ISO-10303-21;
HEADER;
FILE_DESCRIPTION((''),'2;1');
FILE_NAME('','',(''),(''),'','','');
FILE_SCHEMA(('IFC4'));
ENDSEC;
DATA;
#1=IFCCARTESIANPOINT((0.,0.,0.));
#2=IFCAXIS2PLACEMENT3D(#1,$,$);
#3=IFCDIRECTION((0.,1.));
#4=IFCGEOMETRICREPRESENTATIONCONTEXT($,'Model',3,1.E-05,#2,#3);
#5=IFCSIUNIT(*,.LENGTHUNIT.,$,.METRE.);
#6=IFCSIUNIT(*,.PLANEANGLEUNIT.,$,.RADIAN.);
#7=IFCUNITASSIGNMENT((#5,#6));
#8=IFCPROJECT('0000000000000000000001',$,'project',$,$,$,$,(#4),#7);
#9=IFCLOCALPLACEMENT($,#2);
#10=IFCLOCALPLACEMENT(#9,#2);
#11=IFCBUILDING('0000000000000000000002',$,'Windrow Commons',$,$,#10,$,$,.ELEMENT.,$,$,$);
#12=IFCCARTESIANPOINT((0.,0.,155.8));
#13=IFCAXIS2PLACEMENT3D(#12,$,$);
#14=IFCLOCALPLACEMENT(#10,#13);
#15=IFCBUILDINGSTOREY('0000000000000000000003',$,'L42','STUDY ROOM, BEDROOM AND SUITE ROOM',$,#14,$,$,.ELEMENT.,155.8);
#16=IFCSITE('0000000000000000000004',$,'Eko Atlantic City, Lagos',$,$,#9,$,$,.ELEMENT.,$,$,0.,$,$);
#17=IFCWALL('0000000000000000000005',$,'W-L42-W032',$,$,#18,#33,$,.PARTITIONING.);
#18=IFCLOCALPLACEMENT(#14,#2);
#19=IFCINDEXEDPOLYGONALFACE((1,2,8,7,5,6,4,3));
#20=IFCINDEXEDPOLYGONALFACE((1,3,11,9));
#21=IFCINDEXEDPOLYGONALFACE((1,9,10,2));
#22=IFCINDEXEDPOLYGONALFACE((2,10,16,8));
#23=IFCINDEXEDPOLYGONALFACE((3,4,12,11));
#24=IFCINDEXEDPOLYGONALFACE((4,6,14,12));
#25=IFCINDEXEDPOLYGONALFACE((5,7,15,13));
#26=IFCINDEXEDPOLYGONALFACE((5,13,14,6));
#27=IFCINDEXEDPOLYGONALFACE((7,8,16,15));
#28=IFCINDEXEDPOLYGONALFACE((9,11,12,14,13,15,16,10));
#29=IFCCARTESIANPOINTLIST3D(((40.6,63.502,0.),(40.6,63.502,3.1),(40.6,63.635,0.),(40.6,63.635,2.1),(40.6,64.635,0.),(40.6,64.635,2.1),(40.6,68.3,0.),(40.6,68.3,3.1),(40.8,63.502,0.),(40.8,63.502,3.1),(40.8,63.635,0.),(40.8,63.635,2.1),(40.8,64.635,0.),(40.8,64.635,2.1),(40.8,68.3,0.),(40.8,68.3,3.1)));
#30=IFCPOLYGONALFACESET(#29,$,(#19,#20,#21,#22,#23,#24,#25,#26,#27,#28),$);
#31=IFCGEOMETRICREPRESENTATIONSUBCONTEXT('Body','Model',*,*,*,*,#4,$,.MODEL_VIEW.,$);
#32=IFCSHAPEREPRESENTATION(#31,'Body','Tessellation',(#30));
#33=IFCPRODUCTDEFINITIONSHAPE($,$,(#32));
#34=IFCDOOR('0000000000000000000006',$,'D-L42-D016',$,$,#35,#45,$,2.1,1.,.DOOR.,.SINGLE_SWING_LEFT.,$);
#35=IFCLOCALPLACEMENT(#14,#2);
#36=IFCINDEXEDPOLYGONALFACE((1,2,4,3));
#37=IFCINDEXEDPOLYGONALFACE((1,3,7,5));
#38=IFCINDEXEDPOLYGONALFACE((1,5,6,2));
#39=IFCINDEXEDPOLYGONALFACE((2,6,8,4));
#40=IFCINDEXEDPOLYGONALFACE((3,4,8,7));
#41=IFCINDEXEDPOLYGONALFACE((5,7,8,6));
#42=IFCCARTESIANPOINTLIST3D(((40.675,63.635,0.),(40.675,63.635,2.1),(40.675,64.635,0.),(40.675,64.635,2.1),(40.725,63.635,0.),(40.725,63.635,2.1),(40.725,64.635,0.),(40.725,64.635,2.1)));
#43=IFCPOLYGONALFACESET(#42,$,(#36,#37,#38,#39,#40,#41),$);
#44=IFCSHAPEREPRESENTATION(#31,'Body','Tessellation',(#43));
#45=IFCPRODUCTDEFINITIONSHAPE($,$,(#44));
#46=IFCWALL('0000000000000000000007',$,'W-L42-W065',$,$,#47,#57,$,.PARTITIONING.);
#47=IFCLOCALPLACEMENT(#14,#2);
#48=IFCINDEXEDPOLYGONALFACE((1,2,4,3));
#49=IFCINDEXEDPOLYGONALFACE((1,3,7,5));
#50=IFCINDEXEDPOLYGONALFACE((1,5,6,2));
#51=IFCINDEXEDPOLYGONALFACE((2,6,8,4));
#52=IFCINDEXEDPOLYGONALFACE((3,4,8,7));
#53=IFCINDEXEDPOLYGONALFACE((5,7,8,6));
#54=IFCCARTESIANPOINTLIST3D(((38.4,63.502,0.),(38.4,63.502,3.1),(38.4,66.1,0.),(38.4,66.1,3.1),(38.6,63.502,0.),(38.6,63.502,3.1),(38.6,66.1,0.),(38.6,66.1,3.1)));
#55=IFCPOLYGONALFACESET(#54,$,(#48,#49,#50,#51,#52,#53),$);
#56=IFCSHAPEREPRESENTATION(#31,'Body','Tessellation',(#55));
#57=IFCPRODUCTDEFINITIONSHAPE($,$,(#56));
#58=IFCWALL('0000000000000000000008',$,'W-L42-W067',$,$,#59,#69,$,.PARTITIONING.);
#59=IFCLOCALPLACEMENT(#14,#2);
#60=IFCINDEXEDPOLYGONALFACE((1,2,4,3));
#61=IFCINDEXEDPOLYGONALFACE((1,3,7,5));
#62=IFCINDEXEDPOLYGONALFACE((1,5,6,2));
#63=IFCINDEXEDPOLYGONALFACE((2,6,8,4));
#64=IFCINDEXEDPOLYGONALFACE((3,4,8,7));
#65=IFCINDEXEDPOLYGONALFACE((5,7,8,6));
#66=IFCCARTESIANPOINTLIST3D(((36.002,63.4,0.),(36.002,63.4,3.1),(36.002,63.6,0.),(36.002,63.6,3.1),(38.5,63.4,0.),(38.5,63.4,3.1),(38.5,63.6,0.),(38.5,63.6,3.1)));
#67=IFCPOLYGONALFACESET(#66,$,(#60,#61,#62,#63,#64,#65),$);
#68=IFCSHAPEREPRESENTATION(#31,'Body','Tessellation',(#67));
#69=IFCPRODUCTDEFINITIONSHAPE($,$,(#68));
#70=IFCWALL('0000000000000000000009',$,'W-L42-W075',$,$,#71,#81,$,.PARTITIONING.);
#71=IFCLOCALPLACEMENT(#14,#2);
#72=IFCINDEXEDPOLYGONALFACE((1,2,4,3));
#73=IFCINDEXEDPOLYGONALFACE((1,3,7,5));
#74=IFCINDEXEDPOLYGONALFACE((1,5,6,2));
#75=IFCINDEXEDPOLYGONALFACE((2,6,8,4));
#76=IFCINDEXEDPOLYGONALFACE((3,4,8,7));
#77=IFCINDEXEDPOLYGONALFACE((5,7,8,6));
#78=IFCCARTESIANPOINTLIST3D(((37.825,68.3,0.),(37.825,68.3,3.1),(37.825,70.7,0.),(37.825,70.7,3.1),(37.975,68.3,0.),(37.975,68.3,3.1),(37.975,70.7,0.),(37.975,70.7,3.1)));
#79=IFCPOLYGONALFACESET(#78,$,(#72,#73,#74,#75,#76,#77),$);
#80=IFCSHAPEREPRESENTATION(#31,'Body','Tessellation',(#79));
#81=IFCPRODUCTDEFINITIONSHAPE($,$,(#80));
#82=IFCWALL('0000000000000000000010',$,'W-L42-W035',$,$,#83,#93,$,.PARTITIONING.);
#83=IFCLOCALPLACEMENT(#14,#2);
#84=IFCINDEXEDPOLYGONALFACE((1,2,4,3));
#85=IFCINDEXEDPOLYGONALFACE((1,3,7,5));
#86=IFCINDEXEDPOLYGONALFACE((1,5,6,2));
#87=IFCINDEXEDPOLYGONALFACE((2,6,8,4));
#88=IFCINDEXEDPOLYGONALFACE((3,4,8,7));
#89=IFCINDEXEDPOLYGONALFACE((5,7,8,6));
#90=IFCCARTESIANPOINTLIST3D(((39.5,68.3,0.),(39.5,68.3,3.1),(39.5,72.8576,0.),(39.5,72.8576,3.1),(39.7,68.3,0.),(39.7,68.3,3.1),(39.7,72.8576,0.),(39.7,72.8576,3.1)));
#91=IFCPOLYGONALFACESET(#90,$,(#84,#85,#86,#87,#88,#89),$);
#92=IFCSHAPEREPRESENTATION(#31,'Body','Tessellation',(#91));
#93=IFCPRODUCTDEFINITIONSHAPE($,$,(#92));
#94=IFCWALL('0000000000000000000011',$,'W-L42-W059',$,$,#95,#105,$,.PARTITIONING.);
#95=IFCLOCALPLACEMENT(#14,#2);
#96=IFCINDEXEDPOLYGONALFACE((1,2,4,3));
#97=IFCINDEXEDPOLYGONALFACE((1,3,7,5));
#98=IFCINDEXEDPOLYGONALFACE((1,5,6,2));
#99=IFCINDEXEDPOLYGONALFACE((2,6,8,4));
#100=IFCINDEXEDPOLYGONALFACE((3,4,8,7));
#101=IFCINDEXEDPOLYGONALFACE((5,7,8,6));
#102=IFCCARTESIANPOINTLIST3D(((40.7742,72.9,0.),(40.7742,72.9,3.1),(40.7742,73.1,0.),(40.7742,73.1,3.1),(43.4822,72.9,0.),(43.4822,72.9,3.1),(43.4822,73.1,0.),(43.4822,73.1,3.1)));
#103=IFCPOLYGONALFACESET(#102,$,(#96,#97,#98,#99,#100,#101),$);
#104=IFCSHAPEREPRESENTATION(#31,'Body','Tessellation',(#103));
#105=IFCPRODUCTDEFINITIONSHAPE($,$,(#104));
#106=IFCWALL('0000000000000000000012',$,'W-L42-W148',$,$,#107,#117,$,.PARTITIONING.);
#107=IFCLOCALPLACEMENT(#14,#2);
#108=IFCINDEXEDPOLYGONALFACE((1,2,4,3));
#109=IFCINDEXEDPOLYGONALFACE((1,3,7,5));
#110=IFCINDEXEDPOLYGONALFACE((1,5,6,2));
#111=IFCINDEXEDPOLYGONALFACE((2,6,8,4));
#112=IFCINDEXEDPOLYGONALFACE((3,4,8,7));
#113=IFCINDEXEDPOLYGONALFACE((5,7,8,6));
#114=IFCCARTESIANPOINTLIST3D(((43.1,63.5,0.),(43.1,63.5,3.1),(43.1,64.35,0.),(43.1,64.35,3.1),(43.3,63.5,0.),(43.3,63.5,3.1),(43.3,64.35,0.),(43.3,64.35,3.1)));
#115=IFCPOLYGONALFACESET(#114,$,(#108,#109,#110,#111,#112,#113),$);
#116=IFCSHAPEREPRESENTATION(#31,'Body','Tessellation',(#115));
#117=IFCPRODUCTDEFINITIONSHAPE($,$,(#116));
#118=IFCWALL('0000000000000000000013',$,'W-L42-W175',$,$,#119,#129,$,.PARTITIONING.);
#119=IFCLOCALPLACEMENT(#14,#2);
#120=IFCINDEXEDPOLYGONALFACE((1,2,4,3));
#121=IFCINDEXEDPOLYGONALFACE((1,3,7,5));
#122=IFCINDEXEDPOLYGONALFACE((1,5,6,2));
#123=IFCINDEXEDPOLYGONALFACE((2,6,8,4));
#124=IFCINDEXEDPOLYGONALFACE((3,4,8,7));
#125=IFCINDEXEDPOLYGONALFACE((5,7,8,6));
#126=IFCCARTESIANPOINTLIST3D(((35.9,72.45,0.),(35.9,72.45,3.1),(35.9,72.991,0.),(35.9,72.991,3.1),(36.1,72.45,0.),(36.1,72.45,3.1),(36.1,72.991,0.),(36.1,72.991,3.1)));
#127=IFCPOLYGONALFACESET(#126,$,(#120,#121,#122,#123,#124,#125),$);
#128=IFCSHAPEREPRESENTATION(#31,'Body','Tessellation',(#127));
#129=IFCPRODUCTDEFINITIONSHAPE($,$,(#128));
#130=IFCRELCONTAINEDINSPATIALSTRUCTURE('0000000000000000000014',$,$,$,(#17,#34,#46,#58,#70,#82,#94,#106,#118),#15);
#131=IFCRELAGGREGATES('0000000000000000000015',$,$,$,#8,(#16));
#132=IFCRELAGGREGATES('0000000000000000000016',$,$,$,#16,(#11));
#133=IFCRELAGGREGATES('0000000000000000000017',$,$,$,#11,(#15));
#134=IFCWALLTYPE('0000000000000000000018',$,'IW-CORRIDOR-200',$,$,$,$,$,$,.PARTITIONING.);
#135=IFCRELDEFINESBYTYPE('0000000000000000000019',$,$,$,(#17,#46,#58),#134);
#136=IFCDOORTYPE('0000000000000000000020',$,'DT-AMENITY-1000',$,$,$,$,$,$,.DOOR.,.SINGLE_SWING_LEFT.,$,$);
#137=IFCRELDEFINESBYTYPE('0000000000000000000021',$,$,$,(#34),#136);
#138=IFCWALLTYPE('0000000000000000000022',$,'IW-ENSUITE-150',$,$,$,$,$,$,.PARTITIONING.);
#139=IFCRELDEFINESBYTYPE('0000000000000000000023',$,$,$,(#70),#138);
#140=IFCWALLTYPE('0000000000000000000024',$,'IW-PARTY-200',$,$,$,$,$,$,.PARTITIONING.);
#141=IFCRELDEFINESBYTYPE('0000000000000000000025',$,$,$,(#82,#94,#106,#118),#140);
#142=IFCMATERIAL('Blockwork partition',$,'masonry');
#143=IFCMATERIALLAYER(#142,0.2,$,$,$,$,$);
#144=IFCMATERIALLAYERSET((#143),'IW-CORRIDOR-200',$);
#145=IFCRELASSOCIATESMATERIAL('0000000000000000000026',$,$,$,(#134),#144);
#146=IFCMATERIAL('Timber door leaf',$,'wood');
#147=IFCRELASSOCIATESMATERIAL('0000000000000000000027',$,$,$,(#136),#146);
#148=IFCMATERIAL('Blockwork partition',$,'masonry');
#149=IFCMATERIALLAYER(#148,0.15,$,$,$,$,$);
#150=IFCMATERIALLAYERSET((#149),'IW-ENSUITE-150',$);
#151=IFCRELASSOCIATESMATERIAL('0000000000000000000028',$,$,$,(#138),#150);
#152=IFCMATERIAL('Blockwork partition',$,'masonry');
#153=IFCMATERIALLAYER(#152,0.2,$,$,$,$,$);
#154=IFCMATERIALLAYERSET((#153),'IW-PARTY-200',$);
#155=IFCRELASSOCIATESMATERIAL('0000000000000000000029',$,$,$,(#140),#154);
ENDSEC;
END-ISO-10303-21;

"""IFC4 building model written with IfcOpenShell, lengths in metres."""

from ifc_helpers import new_model, si_unit, direction, frame, frame_2d, origin, place, context, subcontext, project, spatial, rectangle, extrude, material, layer, layer_set, type_object, element, fill, save


model = new_model("IFC4")

# Units and contexts
model_context = context("Model", 3, precision=1e-05, world=origin(), true_north=direction((0.0, 1.0)))
body_context = subcontext(model_context, "Body", "Model", "MODEL_VIEW")
ifc_project = project(units=[si_unit("LENGTHUNIT", "METRE"), si_unit("PLANEANGLEUNIT", "RADIAN")], contexts=[model_context])

# Site, building, storey
site_placement = place(None, origin())
site = spatial("IfcSite", under=ifc_project, at=site_placement, Name="Eko Atlantic City, Lagos", CompositionType="ELEMENT", RefElevation=0.0)
building_placement = place(site_placement, origin())
building = spatial("IfcBuilding", under=site, at=building_placement, Name="Windrow Commons", CompositionType="ELEMENT")
storey_placement = place(building_placement, frame((0.0, 0.0, 155.8)))
storey = spatial("IfcBuildingStorey", under=building, at=storey_placement, Name="L42", Description="STUDY ROOM, BEDROOM AND SUITE ROOM", CompositionType="ELEMENT", Elevation=155.8)

# Shared definitions
ifc_material_1 = material(Name="Blockwork partition", Category="masonry")
ifc_layer_1 = layer(ifc_material_1, 0.2)
ifc_layer_set_1 = layer_set([ifc_layer_1], Name="IW-CORRIDOR-200")
wall_type_1 = type_object("IfcWallType", Name="IW-CORRIDOR-200", PredefinedType="PARTITIONING", material=ifc_layer_set_1)

# Wall, opening, door
wall_1_placement = place(storey_placement, frame((40.7, 63.502, 0.0), z_axis=(0.0, 0.0, 1.0), x_axis=(0.0, 1.0, 0.0)))
wall_1 = element("IfcWall", 1, at=wall_1_placement, inside=storey, type_object=wall_type_1, Name="W-L42-W032", PredefinedType="PARTITIONING", context=body_context, shape_type="SweptSolid", body=[
    extrude(rectangle(XDim=4.798, YDim=0.2, at=frame_2d((2.399, 0.0))), origin(), (0.0, 0.0, 1.0), 3.1),
])
opening_1_placement = place(wall_1_placement, frame((0.133, 0.0, 0.0)))
opening_1 = element("IfcOpeningElement", 2, at=opening_1_placement, cuts=wall_1, PredefinedType="OPENING", context=body_context, shape_type="SweptSolid", body=[
    extrude(rectangle(XDim=1.0, YDim=2.1, at=frame_2d((0.5, 1.05))), frame((0.0, 0.11, 0.0), z_axis=(0.0, -1.0, 0.0), x_axis=(1.0, 0.0, 0.0)), (0.0, 0.0, 1.0), 0.22),
])
ifc_material_2 = material(Name="Timber door leaf", Category="wood")
door_type_1 = type_object("IfcDoorType", Name="DT-AMENITY-1000", OperationType="SINGLE_SWING_LEFT", PredefinedType="DOOR", material=ifc_material_2)
door_1_placement = place(opening_1_placement, origin())
door_1 = element("IfcDoor", 3, at=door_1_placement, inside=storey, type_object=door_type_1, Name="D-L42-D016", OperationType="SINGLE_SWING_LEFT", OverallHeight=2.1, OverallWidth=1.0, PredefinedType="DOOR", context=body_context, shape_type="SweptSolid", body=[
    extrude(rectangle(XDim=1.0, YDim=2.1, at=frame_2d((0.5, 1.05))), frame((0.0, 0.025, 0.0), z_axis=(0.0, -1.0, 0.0), x_axis=(1.0, 0.0, 0.0)), (0.0, 0.0, 1.0), 0.05),
])
fill(opening_1, door_1)

# Walls
wall_2_placement = place(storey_placement, frame((38.5, 63.502, 0.0), z_axis=(0.0, 0.0, 1.0), x_axis=(0.0, 1.0, 0.0)))
element("IfcWall", 4, at=wall_2_placement, inside=storey, type_object=wall_type_1, Name="W-L42-W065", PredefinedType="PARTITIONING", context=body_context, shape_type="SweptSolid", body=[
    extrude(rectangle(XDim=2.598, YDim=0.2, at=frame_2d((1.299, 0.0))), origin(), (0.0, 0.0, 1.0), 3.1),
])
wall_3_placement = place(storey_placement, frame((36.002, 63.5, 0.0), z_axis=(0.0, 0.0, 1.0), x_axis=(1.0, 0.0, 0.0)))
element("IfcWall", 5, at=wall_3_placement, inside=storey, type_object=wall_type_1, Name="W-L42-W067", PredefinedType="PARTITIONING", context=body_context, shape_type="SweptSolid", body=[
    extrude(rectangle(XDim=2.498, YDim=0.2, at=frame_2d((1.249, 0.0))), origin(), (0.0, 0.0, 1.0), 3.1),
])
ifc_material_3 = material(Name="Blockwork partition", Category="masonry")
ifc_layer_2 = layer(ifc_material_3, 0.15)
ifc_layer_set_2 = layer_set([ifc_layer_2], Name="IW-ENSUITE-150")
wall_type_2 = type_object("IfcWallType", Name="IW-ENSUITE-150", PredefinedType="PARTITIONING", material=ifc_layer_set_2)
wall_4_placement = place(storey_placement, frame((37.9, 68.3, 0.0), z_axis=(0.0, 0.0, 1.0), x_axis=(0.0, 1.0, 0.0)))
element("IfcWall", 6, at=wall_4_placement, inside=storey, type_object=wall_type_2, Name="W-L42-W075", PredefinedType="PARTITIONING", context=body_context, shape_type="SweptSolid", body=[
    extrude(rectangle(XDim=2.4, YDim=0.15, at=frame_2d((1.2, 0.0))), origin(), (0.0, 0.0, 1.0), 3.1),
])
ifc_material_4 = material(Name="Blockwork partition", Category="masonry")
ifc_layer_3 = layer(ifc_material_4, 0.2)
ifc_layer_set_3 = layer_set([ifc_layer_3], Name="IW-PARTY-200")
wall_type_3 = type_object("IfcWallType", Name="IW-PARTY-200", PredefinedType="PARTITIONING", material=ifc_layer_set_3)
wall_5_placement = place(storey_placement, frame((39.6, 68.3, 0.0), z_axis=(0.0, 0.0, 1.0), x_axis=(0.0, 1.0, 0.0)))
element("IfcWall", 7, at=wall_5_placement, inside=storey, type_object=wall_type_3, Name="W-L42-W035", PredefinedType="PARTITIONING", context=body_context, shape_type="SweptSolid", body=[
    extrude(rectangle(XDim=4.5575, YDim=0.2, at=frame_2d((2.2788, 0.0))), origin(), (0.0, 0.0, 1.0), 3.1),
])
wall_6_placement = place(storey_placement, frame((40.7743, 73.0, 0.0), z_axis=(0.0, 0.0, 1.0), x_axis=(1.0, 0.0, 0.0)))
element("IfcWall", 8, at=wall_6_placement, inside=storey, type_object=wall_type_3, Name="W-L42-W059", PredefinedType="PARTITIONING", context=body_context, shape_type="SweptSolid", body=[
    extrude(rectangle(XDim=2.7079, YDim=0.2, at=frame_2d((1.3539, 0.0))), origin(), (0.0, 0.0, 1.0), 3.1),
])
wall_7_placement = place(storey_placement, frame((43.2, 63.5, 0.0), z_axis=(0.0, 0.0, 1.0), x_axis=(0.0, 1.0, 0.0)))
element("IfcWall", 9, at=wall_7_placement, inside=storey, type_object=wall_type_3, Name="W-L42-W148", PredefinedType="PARTITIONING", context=body_context, shape_type="SweptSolid", body=[
    extrude(rectangle(XDim=0.85, YDim=0.2, at=frame_2d((0.425, 0.0))), origin(), (0.0, 0.0, 1.0), 3.1),
])
wall_8_placement = place(storey_placement, frame((36.0, 72.45, 0.0), z_axis=(0.0, 0.0, 1.0), x_axis=(0.0, 1.0, 0.0)))
element("IfcWall", 10, at=wall_8_placement, inside=storey, type_object=wall_type_3, Name="W-L42-W175", PredefinedType="PARTITIONING", context=body_context, shape_type="SweptSolid", body=[
    extrude(rectangle(XDim=0.541, YDim=0.2, at=frame_2d((0.2705, 0.0))), origin(), (0.0, 0.0, 1.0), 3.1),
])

save(model, "model.ifc")
